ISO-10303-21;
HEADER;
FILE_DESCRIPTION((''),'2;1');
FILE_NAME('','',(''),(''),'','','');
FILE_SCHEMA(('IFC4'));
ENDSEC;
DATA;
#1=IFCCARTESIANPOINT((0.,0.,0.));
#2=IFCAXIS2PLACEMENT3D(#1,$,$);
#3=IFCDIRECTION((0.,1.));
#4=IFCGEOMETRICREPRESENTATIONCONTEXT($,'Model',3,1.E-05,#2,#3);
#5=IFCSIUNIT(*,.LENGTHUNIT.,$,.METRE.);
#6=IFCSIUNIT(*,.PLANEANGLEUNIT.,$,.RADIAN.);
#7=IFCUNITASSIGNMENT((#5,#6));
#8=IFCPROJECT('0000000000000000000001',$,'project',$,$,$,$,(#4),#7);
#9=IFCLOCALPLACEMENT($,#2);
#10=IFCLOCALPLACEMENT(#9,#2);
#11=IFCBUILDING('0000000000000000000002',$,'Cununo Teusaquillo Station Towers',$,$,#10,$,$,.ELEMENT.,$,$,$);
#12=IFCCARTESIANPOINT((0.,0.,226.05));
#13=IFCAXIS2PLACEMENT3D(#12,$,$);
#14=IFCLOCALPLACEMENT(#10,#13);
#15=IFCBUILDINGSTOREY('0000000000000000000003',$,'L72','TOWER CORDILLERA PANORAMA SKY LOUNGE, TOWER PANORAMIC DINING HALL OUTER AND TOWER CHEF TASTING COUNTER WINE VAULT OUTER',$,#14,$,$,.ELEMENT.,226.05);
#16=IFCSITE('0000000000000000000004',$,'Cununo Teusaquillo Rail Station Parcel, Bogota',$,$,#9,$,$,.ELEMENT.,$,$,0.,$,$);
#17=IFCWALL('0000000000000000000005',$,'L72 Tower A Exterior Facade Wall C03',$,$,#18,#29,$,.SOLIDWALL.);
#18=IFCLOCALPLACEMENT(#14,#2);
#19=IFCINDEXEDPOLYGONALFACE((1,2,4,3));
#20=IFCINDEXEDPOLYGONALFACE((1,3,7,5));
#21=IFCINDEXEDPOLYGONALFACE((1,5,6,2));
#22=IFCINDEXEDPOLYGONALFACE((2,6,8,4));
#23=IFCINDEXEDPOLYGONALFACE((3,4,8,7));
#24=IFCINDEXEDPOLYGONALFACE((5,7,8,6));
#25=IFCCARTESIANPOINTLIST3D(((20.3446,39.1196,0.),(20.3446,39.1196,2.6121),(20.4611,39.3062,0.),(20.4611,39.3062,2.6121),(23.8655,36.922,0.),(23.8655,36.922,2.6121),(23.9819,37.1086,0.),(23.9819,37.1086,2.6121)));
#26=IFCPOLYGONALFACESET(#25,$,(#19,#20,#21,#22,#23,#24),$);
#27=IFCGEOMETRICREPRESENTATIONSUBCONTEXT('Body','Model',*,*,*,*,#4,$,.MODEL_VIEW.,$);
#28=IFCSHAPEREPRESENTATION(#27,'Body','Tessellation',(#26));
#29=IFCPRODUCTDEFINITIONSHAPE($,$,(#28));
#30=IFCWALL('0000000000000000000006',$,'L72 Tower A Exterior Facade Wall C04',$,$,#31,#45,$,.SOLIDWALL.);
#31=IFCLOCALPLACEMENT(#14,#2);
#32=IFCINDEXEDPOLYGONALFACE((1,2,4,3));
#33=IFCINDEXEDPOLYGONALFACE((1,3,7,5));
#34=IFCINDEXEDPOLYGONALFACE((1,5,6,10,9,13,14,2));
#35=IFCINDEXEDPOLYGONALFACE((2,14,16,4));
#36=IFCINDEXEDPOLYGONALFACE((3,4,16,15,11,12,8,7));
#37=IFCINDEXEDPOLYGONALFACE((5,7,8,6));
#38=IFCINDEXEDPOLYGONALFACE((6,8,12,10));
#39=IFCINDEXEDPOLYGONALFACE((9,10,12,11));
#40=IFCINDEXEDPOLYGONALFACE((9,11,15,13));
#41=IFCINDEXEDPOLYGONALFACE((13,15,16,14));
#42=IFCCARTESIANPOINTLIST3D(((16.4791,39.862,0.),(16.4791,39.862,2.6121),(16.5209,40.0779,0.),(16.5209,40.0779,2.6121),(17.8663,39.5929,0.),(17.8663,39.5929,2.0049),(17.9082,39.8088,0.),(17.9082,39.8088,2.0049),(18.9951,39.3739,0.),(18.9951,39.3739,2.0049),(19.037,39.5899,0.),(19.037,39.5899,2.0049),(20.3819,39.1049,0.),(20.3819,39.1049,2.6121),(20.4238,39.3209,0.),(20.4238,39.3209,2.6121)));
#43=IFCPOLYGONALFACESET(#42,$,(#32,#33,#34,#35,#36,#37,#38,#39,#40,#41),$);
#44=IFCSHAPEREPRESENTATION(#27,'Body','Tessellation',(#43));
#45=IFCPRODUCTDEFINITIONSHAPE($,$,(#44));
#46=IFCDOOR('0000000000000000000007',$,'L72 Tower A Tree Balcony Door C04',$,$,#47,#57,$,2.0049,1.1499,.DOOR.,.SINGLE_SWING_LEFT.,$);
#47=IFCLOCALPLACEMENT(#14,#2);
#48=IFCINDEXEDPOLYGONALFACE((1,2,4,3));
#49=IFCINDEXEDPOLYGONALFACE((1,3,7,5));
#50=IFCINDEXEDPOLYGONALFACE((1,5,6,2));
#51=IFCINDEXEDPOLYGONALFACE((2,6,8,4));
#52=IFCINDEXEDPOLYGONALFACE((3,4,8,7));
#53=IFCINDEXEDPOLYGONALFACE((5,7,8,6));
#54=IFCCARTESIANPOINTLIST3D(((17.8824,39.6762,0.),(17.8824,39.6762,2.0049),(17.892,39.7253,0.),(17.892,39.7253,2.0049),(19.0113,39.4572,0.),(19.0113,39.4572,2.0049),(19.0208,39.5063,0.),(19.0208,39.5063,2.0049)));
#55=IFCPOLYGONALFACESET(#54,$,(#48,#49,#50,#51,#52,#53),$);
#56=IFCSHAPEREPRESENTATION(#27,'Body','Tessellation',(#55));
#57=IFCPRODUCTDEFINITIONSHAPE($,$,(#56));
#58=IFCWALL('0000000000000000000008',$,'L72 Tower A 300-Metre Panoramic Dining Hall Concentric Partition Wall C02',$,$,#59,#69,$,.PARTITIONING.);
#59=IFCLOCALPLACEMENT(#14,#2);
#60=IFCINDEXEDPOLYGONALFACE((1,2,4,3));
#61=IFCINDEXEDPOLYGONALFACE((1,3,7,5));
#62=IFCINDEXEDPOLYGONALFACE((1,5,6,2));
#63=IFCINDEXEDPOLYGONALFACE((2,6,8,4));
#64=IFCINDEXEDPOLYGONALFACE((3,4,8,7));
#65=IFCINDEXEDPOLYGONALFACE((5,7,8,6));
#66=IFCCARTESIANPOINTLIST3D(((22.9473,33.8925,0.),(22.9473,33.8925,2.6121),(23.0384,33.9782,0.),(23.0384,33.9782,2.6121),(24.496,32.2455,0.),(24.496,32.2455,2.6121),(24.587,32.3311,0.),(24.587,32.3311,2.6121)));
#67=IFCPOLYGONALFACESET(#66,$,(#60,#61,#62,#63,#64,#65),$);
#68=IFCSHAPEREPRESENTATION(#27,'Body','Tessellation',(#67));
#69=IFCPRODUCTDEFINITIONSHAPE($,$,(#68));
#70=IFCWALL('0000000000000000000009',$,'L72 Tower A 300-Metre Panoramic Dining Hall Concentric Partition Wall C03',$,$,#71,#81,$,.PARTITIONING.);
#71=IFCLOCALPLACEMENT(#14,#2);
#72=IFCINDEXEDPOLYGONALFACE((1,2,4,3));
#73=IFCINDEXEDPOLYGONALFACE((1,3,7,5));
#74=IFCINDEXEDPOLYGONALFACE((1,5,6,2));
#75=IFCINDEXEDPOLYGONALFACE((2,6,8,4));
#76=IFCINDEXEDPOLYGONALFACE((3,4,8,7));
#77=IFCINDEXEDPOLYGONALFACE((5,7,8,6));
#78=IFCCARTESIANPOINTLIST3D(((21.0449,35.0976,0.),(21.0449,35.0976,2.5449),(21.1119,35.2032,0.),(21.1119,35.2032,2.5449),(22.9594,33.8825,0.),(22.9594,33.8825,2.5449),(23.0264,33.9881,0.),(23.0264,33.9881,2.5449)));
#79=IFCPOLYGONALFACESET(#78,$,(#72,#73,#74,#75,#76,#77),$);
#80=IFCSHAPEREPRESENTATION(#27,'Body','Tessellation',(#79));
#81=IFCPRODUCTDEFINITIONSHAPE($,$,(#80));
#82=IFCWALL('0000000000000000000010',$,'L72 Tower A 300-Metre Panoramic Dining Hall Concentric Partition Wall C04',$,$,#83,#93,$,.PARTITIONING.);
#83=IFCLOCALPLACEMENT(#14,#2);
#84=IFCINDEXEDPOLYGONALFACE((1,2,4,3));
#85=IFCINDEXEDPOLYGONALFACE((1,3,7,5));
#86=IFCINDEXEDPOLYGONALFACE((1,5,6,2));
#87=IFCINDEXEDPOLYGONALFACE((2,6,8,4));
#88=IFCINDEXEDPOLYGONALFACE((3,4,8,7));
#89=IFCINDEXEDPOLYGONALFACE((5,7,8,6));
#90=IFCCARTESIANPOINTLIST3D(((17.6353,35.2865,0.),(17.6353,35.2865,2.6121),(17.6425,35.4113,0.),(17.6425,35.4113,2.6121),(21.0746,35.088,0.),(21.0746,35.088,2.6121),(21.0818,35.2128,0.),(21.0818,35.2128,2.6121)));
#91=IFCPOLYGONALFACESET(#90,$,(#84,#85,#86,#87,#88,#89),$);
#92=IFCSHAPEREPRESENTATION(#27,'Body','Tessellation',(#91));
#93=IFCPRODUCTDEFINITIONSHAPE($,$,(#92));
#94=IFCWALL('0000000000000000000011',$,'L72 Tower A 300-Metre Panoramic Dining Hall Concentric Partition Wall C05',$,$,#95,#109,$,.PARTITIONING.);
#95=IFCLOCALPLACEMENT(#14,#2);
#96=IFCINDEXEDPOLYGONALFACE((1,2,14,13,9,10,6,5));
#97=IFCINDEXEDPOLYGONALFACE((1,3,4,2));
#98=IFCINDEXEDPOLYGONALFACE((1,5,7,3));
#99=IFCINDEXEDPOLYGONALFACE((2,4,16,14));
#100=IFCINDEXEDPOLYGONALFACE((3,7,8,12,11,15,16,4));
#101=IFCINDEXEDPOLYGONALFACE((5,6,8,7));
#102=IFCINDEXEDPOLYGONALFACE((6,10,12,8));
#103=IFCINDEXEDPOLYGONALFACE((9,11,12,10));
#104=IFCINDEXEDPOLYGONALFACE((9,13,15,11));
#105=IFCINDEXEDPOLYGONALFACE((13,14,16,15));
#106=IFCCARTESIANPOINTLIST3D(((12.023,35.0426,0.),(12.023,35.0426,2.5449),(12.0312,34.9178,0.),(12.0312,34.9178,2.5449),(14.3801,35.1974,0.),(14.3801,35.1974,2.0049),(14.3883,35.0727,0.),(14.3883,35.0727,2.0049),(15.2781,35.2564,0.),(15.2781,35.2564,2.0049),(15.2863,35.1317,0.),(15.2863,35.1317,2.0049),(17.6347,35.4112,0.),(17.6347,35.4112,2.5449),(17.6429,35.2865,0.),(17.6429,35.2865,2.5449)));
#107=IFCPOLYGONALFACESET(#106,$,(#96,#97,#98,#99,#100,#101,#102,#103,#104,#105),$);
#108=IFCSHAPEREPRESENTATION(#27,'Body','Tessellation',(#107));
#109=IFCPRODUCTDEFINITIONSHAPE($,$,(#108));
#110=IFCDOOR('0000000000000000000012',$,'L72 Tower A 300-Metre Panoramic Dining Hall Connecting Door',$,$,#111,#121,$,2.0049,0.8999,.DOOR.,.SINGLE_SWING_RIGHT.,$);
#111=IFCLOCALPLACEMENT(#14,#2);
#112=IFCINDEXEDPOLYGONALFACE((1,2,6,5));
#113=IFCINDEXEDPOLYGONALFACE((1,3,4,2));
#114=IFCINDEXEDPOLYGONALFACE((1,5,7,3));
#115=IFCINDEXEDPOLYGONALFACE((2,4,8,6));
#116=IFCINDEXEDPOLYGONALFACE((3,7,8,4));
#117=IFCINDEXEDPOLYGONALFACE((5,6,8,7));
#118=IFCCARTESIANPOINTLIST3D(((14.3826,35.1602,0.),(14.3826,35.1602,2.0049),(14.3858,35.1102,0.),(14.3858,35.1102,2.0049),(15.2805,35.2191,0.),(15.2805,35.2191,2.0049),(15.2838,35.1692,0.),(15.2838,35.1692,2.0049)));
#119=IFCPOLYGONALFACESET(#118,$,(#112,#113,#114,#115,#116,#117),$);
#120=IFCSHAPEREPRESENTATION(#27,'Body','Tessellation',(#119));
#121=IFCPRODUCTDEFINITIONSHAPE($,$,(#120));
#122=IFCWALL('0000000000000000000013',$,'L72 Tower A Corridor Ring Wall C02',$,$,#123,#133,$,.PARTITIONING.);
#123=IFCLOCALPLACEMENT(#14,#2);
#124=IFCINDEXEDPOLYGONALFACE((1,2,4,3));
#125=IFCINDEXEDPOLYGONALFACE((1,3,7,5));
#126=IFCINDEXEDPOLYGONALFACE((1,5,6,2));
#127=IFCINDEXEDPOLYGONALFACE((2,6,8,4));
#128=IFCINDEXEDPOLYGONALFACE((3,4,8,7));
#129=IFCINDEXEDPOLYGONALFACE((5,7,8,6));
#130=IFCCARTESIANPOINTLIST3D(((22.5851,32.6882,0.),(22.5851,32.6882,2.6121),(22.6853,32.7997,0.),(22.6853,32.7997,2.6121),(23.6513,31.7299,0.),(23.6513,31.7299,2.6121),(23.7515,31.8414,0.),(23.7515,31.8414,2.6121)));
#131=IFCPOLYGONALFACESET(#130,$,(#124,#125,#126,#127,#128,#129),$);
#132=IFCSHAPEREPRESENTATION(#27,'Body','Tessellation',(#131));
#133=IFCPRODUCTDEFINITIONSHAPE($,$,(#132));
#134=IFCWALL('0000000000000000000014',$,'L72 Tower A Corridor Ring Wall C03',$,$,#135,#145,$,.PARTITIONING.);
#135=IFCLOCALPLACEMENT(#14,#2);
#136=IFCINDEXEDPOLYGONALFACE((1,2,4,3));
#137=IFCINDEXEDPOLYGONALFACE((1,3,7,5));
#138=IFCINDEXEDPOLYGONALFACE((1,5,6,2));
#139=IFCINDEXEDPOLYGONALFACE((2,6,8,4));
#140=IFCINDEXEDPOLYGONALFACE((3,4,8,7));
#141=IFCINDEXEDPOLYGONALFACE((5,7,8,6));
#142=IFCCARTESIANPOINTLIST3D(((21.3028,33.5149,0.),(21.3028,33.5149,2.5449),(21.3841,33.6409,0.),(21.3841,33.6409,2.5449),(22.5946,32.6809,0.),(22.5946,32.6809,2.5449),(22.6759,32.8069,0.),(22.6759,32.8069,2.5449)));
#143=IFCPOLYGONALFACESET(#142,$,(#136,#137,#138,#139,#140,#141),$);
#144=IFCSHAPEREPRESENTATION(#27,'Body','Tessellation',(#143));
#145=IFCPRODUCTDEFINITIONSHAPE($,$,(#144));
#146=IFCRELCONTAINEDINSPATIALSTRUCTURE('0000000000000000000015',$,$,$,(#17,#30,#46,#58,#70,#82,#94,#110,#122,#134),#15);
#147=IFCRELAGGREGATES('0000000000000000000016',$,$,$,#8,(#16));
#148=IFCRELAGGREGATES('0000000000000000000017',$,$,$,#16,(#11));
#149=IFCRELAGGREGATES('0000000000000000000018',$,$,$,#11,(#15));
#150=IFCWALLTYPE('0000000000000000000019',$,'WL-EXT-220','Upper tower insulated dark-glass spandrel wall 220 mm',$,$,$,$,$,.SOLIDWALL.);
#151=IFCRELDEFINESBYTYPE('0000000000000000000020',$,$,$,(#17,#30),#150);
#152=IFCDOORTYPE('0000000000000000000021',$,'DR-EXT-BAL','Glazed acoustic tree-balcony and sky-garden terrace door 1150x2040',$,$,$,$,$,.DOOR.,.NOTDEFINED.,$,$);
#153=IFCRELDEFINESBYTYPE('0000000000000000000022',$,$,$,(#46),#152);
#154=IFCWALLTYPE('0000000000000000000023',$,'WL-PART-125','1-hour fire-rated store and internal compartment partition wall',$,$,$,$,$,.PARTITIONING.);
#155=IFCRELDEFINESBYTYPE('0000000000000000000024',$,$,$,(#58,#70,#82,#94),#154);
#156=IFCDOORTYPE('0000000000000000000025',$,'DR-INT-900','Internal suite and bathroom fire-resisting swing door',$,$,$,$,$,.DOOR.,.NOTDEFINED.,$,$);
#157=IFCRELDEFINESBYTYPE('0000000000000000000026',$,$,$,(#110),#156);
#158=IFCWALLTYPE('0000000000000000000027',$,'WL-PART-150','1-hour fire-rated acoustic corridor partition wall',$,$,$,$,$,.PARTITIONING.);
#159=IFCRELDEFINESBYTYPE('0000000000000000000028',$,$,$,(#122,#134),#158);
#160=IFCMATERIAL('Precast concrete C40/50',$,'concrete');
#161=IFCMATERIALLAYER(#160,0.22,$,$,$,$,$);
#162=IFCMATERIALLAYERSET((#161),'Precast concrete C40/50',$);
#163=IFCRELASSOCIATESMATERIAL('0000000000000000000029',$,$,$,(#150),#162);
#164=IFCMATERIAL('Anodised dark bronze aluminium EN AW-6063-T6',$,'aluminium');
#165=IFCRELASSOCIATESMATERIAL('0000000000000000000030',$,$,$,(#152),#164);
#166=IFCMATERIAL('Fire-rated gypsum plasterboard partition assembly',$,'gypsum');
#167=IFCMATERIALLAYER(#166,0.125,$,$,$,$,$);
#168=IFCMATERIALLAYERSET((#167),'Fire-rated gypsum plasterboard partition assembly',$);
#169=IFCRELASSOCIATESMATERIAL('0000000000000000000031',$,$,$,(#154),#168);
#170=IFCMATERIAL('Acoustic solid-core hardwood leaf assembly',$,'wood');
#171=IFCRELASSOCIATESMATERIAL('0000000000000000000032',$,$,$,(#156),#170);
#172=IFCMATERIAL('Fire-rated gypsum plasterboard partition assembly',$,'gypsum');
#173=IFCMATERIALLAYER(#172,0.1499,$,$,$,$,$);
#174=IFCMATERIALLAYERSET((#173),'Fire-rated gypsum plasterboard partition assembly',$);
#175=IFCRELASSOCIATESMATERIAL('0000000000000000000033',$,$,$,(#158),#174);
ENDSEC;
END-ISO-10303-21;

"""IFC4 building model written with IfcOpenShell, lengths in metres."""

from ifc_helpers import new_model, si_unit, direction, frame, frame_2d, origin, place, context, subcontext, project, spatial, rectangle, extrude, source, transform, mapped, material, layer, layer_set, type_object, element, fill, save


model = new_model("IFC4")

# Units and contexts
model_context = context("Model", 3, precision=1e-05, world=origin(), true_north=direction((0.0, 1.0)))
body_context = subcontext(model_context, "Body", "Model", "MODEL_VIEW")
ifc_project = project(units=[si_unit("LENGTHUNIT", "METRE"), si_unit("PLANEANGLEUNIT", "RADIAN")], contexts=[model_context])

# Site, building, storey
site_placement = place(None, origin())
site = spatial("IfcSite", under=ifc_project, at=site_placement, Name="Cununo Teusaquillo Rail Station Parcel, Bogota", CompositionType="ELEMENT", RefElevation=0.0)
building_placement = place(site_placement, origin())
building = spatial("IfcBuilding", under=site, at=building_placement, Name="Cununo Teusaquillo Station Towers", CompositionType="ELEMENT")
storey_placement = place(building_placement, frame((0.0, 0.0, 226.05)))
storey = spatial("IfcBuildingStorey", under=building, at=storey_placement, Name="L72", Description="TOWER CORDILLERA PANORAMA SKY LOUNGE, TOWER PANORAMIC DINING HALL OUTER AND TOWER CHEF TASTING COUNTER WINE VAULT OUTER", CompositionType="ELEMENT", Elevation=226.05)

# Shared definitions
ifc_material_1 = material(Name="Precast concrete C40/50", Category="concrete")
ifc_layer_1 = layer(ifc_material_1, 0.22)
ifc_layer_set_1 = layer_set([ifc_layer_1], Name="Precast concrete C40/50")
wall_type_1 = type_object("IfcWallType", Name="WL-EXT-220", Description="Upper tower insulated dark-glass spandrel wall 220 mm", PredefinedType="SOLIDWALL", material=ifc_layer_set_1)

# Wall
wall_1_placement = place(storey_placement, frame((20.4028, 39.2129, 0.0), z_axis=(0.0, 0.0, 1.0), x_axis=(0.848319, -0.529486, 0.0)))
element("IfcWall", 1, at=wall_1_placement, inside=storey, type_object=wall_type_1, Name="L72 Tower A Exterior Facade Wall C03", PredefinedType="SOLIDWALL", context=body_context, shape_type="SweptSolid", body=[
    extrude(rectangle(XDim=4.1504, YDim=0.22, at=frame_2d((2.0752, 0.0))), origin(), (0.0, 0.0, 1.0), 2.6121),
])

# Wall, opening, door
wall_2_placement = place(storey_placement, frame((16.5, 39.97, 0.0), z_axis=(0.0, 0.0, 1.0), x_axis=(0.9817, -0.190432, 0.0)))
wall_2 = element("IfcWall", 2, at=wall_2_placement, inside=storey, type_object=wall_type_1, Name="L72 Tower A Exterior Facade Wall C04", PredefinedType="SOLIDWALL", context=body_context, shape_type="SweptSolid", body=[
    extrude(rectangle(XDim=3.9756, YDim=0.22, at=frame_2d((1.9878, 0.0))), origin(), (0.0, 0.0, 1.0), 2.6121),
])
shared_shape_1 = source(origin(), body_context, "Body", "SweptSolid", [
    extrude(rectangle(XDim=1.1499, YDim=2.0049, at=frame_2d((0.575, 1.0024))), frame((0.0, 0.1199, 0.0), z_axis=(0.0, -1.0, 0.0), x_axis=(1.0, 0.0, 0.0)), (0.0, 0.0, 1.0), 0.24),
])
opening_1_placement = place(wall_2_placement, frame((1.4131, 0.0, 0.0)))
opening_1 = element("IfcOpeningElement", 3, at=opening_1_placement, cuts=wall_2, PredefinedType="OPENING", context=body_context, shape_type="MappedRepresentation", body=[
    mapped(shared_shape_1, transform((0.0, 0.0, 0.0), x_axis=(1.0, 0.0, 0.0), y_axis=(0.0, 1.0, 0.0), z_axis=(0.0, 0.0, 1.0), scale=1.0)),
])
ifc_material_2 = material(Name="Anodised dark bronze aluminium EN AW-6063-T6", Category="aluminium")
door_type_1 = type_object("IfcDoorType", Name="DR-EXT-BAL", Description="Glazed acoustic tree-balcony and sky-garden terrace door 1150x2040", OperationType="NOTDEFINED", PredefinedType="DOOR", material=ifc_material_2)
shared_shape_2 = source(origin(), body_context, "Body", "SweptSolid", [
    extrude(rectangle(XDim=1.1499, YDim=2.0049, at=frame_2d((0.575, 1.0024))), frame((0.0, 0.0249, 0.0), z_axis=(0.0, -1.0, 0.0), x_axis=(1.0, 0.0, 0.0)), (0.0, 0.0, 1.0), 0.05),
])
door_1_placement = place(opening_1_placement, origin())
door_1 = element("IfcDoor", 4, at=door_1_placement, inside=storey, type_object=door_type_1, Name="L72 Tower A Tree Balcony Door C04", OperationType="SINGLE_SWING_LEFT", OverallHeight=2.0049, OverallWidth=1.1499, PredefinedType="DOOR", context=body_context, shape_type="MappedRepresentation", body=[
    mapped(shared_shape_2, transform((0.0, 0.0, 0.0), x_axis=(1.0, 0.0, 0.0), y_axis=(0.0, 1.0, 0.0), z_axis=(0.0, 0.0, 1.0), scale=1.0)),
])
fill(opening_1, door_1)

# Walls
ifc_material_3 = material(Name="Fire-rated gypsum plasterboard partition assembly", Category="gypsum")
ifc_layer_2 = layer(ifc_material_3, 0.125)
ifc_layer_set_2 = layer_set([ifc_layer_2], Name="Fire-rated gypsum plasterboard partition assembly")
wall_type_2 = type_object("IfcWallType", Name="WL-PART-125", Description="1-hour fire-rated store and internal compartment partition wall", PredefinedType="PARTITIONING", material=ifc_layer_set_2)
wall_3_placement = place(storey_placement, frame((24.5415, 32.2883, 0.0), z_axis=(0.0, 0.0, 1.0), x_axis=(-0.685011, 0.728533, 0.0)))
element("IfcWall", 5, at=wall_3_placement, inside=storey, type_object=wall_type_2, Name="L72 Tower A 300-Metre Panoramic Dining Hall Concentric Partition Wall C02", PredefinedType="PARTITIONING", context=body_context, shape_type="SweptSolid", body=[
    extrude(rectangle(XDim=2.2607, YDim=0.125, at=frame_2d((1.1304, 0.0))), origin(), (0.0, 0.0, 1.0), 2.6121),
])
wall_4_placement = place(storey_placement, frame((22.9929, 33.9353, 0.0), z_axis=(0.0, 0.0, 1.0), x_axis=(-0.844313, 0.535851, 0.0)))
element("IfcWall", 6, at=wall_4_placement, inside=storey, type_object=wall_type_2, Name="L72 Tower A 300-Metre Panoramic Dining Hall Concentric Partition Wall C03", PredefinedType="PARTITIONING", context=body_context, shape_type="SweptSolid", body=[
    extrude(rectangle(XDim=2.2676, YDim=0.125, at=frame_2d((1.1338, 0.0))), origin(), (0.0, 0.0, 1.0), 2.5449),
])
wall_5_placement = place(storey_placement, frame((21.0784, 35.1504, 0.0), z_axis=(0.0, 0.0, 1.0), x_axis=(-0.998339, 0.057613, 0.0)))
element("IfcWall", 7, at=wall_5_placement, inside=storey, type_object=wall_type_2, Name="L72 Tower A 300-Metre Panoramic Dining Hall Concentric Partition Wall C04", PredefinedType="PARTITIONING", context=body_context, shape_type="SweptSolid", body=[
    extrude(rectangle(XDim=3.4451, YDim=0.125, at=frame_2d((1.7227, 0.0))), origin(), (0.0, 0.0, 1.0), 2.6121),
])

# Wall, opening, door
wall_6_placement = place(storey_placement, frame((17.6389, 35.3489, 0.0), z_axis=(0.0, 0.0, 1.0), x_axis=(-0.997849, -0.065554, 0.0)))
wall_6 = element("IfcWall", 8, at=wall_6_placement, inside=storey, type_object=wall_type_2, Name="L72 Tower A 300-Metre Panoramic Dining Hall Concentric Partition Wall C05", PredefinedType="PARTITIONING", context=body_context, shape_type="SweptSolid", body=[
    extrude(rectangle(XDim=5.6238, YDim=0.125, at=frame_2d((2.812, 0.0))), origin(), (0.0, 0.0, 1.0), 2.5449),
])
shared_shape_3 = source(origin(), body_context, "Body", "SweptSolid", [
    extrude(rectangle(XDim=0.8999, YDim=2.0049, at=frame_2d((0.45, 1.0024))), frame((0.0, 0.0725, 0.0), z_axis=(0.0, -1.0, 0.0), x_axis=(1.0, 0.0, 0.0)), (0.0, 0.0, 1.0), 0.145),
])
opening_2_placement = place(wall_6_placement, frame((2.3618, 0.0, 0.0)))
opening_2 = element("IfcOpeningElement", 9, at=opening_2_placement, cuts=wall_6, PredefinedType="OPENING", context=body_context, shape_type="MappedRepresentation", body=[
    mapped(shared_shape_3, transform((0.0, 0.0, 0.0), x_axis=(1.0, 0.0, 0.0), y_axis=(0.0, 1.0, 0.0), z_axis=(0.0, 0.0, 1.0), scale=1.0)),
])
ifc_material_4 = material(Name="Acoustic solid-core hardwood leaf assembly", Category="wood")
door_type_2 = type_object("IfcDoorType", Name="DR-INT-900", Description="Internal suite and bathroom fire-resisting swing door", OperationType="NOTDEFINED", PredefinedType="DOOR", material=ifc_material_4)
shared_shape_4 = source(origin(), body_context, "Body", "SweptSolid", [
    extrude(rectangle(XDim=0.8999, YDim=2.0049, at=frame_2d((0.45, 1.0024))), frame((0.0, 0.0249, 0.0), z_axis=(0.0, -1.0, 0.0), x_axis=(1.0, 0.0, 0.0)), (0.0, 0.0, 1.0), 0.05),
])
door_2_placement = place(opening_2_placement, origin())
door_2 = element("IfcDoor", 10, at=door_2_placement, inside=storey, type_object=door_type_2, Name="L72 Tower A 300-Metre Panoramic Dining Hall Connecting Door", OperationType="SINGLE_SWING_RIGHT", OverallHeight=2.0049, OverallWidth=0.8999, PredefinedType="DOOR", context=body_context, shape_type="MappedRepresentation", body=[
    mapped(shared_shape_4, transform((0.0, 0.0, 0.0), x_axis=(1.0, 0.0, 0.0), y_axis=(0.0, 1.0, 0.0), z_axis=(0.0, 0.0, 1.0), scale=1.0)),
])
fill(opening_2, door_2)

# Walls
ifc_material_5 = material(Name="Fire-rated gypsum plasterboard partition assembly", Category="gypsum")
ifc_layer_3 = layer(ifc_material_5, 0.1499)
ifc_layer_set_3 = layer_set([ifc_layer_3], Name="Fire-rated gypsum plasterboard partition assembly")
wall_type_3 = type_object("IfcWallType", Name="WL-PART-150", Description="1-hour fire-rated acoustic corridor partition wall", PredefinedType="PARTITIONING", material=ifc_layer_set_3)
wall_7_placement = place(storey_placement, frame((23.7014, 31.7856, 0.0), z_axis=(0.0, 0.0, 1.0), x_axis=(-0.743743, 0.668466, 0.0)))
element("IfcWall", 11, at=wall_7_placement, inside=storey, type_object=wall_type_3, Name="L72 Tower A Corridor Ring Wall C02", PredefinedType="PARTITIONING", context=body_context, shape_type="SweptSolid", body=[
    extrude(rectangle(XDim=1.4336, YDim=0.1499, at=frame_2d((0.7168, 0.0))), origin(), (0.0, 0.0, 1.0), 2.6121),
])
wall_8_placement = place(storey_placement, frame((22.6353, 32.7439, 0.0), z_axis=(0.0, 0.0, 1.0), x_axis=(-0.840119, 0.542402, 0.0)))
element("IfcWall", 12, at=wall_8_placement, inside=storey, type_object=wall_type_3, Name="L72 Tower A Corridor Ring Wall C03", PredefinedType="PARTITIONING", context=body_context, shape_type="SweptSolid", body=[
    extrude(rectangle(XDim=1.5376, YDim=0.1499, at=frame_2d((0.7688, 0.0))), origin(), (0.0, 0.0, 1.0), 2.5449),
])

save(model, "model.ifc")
